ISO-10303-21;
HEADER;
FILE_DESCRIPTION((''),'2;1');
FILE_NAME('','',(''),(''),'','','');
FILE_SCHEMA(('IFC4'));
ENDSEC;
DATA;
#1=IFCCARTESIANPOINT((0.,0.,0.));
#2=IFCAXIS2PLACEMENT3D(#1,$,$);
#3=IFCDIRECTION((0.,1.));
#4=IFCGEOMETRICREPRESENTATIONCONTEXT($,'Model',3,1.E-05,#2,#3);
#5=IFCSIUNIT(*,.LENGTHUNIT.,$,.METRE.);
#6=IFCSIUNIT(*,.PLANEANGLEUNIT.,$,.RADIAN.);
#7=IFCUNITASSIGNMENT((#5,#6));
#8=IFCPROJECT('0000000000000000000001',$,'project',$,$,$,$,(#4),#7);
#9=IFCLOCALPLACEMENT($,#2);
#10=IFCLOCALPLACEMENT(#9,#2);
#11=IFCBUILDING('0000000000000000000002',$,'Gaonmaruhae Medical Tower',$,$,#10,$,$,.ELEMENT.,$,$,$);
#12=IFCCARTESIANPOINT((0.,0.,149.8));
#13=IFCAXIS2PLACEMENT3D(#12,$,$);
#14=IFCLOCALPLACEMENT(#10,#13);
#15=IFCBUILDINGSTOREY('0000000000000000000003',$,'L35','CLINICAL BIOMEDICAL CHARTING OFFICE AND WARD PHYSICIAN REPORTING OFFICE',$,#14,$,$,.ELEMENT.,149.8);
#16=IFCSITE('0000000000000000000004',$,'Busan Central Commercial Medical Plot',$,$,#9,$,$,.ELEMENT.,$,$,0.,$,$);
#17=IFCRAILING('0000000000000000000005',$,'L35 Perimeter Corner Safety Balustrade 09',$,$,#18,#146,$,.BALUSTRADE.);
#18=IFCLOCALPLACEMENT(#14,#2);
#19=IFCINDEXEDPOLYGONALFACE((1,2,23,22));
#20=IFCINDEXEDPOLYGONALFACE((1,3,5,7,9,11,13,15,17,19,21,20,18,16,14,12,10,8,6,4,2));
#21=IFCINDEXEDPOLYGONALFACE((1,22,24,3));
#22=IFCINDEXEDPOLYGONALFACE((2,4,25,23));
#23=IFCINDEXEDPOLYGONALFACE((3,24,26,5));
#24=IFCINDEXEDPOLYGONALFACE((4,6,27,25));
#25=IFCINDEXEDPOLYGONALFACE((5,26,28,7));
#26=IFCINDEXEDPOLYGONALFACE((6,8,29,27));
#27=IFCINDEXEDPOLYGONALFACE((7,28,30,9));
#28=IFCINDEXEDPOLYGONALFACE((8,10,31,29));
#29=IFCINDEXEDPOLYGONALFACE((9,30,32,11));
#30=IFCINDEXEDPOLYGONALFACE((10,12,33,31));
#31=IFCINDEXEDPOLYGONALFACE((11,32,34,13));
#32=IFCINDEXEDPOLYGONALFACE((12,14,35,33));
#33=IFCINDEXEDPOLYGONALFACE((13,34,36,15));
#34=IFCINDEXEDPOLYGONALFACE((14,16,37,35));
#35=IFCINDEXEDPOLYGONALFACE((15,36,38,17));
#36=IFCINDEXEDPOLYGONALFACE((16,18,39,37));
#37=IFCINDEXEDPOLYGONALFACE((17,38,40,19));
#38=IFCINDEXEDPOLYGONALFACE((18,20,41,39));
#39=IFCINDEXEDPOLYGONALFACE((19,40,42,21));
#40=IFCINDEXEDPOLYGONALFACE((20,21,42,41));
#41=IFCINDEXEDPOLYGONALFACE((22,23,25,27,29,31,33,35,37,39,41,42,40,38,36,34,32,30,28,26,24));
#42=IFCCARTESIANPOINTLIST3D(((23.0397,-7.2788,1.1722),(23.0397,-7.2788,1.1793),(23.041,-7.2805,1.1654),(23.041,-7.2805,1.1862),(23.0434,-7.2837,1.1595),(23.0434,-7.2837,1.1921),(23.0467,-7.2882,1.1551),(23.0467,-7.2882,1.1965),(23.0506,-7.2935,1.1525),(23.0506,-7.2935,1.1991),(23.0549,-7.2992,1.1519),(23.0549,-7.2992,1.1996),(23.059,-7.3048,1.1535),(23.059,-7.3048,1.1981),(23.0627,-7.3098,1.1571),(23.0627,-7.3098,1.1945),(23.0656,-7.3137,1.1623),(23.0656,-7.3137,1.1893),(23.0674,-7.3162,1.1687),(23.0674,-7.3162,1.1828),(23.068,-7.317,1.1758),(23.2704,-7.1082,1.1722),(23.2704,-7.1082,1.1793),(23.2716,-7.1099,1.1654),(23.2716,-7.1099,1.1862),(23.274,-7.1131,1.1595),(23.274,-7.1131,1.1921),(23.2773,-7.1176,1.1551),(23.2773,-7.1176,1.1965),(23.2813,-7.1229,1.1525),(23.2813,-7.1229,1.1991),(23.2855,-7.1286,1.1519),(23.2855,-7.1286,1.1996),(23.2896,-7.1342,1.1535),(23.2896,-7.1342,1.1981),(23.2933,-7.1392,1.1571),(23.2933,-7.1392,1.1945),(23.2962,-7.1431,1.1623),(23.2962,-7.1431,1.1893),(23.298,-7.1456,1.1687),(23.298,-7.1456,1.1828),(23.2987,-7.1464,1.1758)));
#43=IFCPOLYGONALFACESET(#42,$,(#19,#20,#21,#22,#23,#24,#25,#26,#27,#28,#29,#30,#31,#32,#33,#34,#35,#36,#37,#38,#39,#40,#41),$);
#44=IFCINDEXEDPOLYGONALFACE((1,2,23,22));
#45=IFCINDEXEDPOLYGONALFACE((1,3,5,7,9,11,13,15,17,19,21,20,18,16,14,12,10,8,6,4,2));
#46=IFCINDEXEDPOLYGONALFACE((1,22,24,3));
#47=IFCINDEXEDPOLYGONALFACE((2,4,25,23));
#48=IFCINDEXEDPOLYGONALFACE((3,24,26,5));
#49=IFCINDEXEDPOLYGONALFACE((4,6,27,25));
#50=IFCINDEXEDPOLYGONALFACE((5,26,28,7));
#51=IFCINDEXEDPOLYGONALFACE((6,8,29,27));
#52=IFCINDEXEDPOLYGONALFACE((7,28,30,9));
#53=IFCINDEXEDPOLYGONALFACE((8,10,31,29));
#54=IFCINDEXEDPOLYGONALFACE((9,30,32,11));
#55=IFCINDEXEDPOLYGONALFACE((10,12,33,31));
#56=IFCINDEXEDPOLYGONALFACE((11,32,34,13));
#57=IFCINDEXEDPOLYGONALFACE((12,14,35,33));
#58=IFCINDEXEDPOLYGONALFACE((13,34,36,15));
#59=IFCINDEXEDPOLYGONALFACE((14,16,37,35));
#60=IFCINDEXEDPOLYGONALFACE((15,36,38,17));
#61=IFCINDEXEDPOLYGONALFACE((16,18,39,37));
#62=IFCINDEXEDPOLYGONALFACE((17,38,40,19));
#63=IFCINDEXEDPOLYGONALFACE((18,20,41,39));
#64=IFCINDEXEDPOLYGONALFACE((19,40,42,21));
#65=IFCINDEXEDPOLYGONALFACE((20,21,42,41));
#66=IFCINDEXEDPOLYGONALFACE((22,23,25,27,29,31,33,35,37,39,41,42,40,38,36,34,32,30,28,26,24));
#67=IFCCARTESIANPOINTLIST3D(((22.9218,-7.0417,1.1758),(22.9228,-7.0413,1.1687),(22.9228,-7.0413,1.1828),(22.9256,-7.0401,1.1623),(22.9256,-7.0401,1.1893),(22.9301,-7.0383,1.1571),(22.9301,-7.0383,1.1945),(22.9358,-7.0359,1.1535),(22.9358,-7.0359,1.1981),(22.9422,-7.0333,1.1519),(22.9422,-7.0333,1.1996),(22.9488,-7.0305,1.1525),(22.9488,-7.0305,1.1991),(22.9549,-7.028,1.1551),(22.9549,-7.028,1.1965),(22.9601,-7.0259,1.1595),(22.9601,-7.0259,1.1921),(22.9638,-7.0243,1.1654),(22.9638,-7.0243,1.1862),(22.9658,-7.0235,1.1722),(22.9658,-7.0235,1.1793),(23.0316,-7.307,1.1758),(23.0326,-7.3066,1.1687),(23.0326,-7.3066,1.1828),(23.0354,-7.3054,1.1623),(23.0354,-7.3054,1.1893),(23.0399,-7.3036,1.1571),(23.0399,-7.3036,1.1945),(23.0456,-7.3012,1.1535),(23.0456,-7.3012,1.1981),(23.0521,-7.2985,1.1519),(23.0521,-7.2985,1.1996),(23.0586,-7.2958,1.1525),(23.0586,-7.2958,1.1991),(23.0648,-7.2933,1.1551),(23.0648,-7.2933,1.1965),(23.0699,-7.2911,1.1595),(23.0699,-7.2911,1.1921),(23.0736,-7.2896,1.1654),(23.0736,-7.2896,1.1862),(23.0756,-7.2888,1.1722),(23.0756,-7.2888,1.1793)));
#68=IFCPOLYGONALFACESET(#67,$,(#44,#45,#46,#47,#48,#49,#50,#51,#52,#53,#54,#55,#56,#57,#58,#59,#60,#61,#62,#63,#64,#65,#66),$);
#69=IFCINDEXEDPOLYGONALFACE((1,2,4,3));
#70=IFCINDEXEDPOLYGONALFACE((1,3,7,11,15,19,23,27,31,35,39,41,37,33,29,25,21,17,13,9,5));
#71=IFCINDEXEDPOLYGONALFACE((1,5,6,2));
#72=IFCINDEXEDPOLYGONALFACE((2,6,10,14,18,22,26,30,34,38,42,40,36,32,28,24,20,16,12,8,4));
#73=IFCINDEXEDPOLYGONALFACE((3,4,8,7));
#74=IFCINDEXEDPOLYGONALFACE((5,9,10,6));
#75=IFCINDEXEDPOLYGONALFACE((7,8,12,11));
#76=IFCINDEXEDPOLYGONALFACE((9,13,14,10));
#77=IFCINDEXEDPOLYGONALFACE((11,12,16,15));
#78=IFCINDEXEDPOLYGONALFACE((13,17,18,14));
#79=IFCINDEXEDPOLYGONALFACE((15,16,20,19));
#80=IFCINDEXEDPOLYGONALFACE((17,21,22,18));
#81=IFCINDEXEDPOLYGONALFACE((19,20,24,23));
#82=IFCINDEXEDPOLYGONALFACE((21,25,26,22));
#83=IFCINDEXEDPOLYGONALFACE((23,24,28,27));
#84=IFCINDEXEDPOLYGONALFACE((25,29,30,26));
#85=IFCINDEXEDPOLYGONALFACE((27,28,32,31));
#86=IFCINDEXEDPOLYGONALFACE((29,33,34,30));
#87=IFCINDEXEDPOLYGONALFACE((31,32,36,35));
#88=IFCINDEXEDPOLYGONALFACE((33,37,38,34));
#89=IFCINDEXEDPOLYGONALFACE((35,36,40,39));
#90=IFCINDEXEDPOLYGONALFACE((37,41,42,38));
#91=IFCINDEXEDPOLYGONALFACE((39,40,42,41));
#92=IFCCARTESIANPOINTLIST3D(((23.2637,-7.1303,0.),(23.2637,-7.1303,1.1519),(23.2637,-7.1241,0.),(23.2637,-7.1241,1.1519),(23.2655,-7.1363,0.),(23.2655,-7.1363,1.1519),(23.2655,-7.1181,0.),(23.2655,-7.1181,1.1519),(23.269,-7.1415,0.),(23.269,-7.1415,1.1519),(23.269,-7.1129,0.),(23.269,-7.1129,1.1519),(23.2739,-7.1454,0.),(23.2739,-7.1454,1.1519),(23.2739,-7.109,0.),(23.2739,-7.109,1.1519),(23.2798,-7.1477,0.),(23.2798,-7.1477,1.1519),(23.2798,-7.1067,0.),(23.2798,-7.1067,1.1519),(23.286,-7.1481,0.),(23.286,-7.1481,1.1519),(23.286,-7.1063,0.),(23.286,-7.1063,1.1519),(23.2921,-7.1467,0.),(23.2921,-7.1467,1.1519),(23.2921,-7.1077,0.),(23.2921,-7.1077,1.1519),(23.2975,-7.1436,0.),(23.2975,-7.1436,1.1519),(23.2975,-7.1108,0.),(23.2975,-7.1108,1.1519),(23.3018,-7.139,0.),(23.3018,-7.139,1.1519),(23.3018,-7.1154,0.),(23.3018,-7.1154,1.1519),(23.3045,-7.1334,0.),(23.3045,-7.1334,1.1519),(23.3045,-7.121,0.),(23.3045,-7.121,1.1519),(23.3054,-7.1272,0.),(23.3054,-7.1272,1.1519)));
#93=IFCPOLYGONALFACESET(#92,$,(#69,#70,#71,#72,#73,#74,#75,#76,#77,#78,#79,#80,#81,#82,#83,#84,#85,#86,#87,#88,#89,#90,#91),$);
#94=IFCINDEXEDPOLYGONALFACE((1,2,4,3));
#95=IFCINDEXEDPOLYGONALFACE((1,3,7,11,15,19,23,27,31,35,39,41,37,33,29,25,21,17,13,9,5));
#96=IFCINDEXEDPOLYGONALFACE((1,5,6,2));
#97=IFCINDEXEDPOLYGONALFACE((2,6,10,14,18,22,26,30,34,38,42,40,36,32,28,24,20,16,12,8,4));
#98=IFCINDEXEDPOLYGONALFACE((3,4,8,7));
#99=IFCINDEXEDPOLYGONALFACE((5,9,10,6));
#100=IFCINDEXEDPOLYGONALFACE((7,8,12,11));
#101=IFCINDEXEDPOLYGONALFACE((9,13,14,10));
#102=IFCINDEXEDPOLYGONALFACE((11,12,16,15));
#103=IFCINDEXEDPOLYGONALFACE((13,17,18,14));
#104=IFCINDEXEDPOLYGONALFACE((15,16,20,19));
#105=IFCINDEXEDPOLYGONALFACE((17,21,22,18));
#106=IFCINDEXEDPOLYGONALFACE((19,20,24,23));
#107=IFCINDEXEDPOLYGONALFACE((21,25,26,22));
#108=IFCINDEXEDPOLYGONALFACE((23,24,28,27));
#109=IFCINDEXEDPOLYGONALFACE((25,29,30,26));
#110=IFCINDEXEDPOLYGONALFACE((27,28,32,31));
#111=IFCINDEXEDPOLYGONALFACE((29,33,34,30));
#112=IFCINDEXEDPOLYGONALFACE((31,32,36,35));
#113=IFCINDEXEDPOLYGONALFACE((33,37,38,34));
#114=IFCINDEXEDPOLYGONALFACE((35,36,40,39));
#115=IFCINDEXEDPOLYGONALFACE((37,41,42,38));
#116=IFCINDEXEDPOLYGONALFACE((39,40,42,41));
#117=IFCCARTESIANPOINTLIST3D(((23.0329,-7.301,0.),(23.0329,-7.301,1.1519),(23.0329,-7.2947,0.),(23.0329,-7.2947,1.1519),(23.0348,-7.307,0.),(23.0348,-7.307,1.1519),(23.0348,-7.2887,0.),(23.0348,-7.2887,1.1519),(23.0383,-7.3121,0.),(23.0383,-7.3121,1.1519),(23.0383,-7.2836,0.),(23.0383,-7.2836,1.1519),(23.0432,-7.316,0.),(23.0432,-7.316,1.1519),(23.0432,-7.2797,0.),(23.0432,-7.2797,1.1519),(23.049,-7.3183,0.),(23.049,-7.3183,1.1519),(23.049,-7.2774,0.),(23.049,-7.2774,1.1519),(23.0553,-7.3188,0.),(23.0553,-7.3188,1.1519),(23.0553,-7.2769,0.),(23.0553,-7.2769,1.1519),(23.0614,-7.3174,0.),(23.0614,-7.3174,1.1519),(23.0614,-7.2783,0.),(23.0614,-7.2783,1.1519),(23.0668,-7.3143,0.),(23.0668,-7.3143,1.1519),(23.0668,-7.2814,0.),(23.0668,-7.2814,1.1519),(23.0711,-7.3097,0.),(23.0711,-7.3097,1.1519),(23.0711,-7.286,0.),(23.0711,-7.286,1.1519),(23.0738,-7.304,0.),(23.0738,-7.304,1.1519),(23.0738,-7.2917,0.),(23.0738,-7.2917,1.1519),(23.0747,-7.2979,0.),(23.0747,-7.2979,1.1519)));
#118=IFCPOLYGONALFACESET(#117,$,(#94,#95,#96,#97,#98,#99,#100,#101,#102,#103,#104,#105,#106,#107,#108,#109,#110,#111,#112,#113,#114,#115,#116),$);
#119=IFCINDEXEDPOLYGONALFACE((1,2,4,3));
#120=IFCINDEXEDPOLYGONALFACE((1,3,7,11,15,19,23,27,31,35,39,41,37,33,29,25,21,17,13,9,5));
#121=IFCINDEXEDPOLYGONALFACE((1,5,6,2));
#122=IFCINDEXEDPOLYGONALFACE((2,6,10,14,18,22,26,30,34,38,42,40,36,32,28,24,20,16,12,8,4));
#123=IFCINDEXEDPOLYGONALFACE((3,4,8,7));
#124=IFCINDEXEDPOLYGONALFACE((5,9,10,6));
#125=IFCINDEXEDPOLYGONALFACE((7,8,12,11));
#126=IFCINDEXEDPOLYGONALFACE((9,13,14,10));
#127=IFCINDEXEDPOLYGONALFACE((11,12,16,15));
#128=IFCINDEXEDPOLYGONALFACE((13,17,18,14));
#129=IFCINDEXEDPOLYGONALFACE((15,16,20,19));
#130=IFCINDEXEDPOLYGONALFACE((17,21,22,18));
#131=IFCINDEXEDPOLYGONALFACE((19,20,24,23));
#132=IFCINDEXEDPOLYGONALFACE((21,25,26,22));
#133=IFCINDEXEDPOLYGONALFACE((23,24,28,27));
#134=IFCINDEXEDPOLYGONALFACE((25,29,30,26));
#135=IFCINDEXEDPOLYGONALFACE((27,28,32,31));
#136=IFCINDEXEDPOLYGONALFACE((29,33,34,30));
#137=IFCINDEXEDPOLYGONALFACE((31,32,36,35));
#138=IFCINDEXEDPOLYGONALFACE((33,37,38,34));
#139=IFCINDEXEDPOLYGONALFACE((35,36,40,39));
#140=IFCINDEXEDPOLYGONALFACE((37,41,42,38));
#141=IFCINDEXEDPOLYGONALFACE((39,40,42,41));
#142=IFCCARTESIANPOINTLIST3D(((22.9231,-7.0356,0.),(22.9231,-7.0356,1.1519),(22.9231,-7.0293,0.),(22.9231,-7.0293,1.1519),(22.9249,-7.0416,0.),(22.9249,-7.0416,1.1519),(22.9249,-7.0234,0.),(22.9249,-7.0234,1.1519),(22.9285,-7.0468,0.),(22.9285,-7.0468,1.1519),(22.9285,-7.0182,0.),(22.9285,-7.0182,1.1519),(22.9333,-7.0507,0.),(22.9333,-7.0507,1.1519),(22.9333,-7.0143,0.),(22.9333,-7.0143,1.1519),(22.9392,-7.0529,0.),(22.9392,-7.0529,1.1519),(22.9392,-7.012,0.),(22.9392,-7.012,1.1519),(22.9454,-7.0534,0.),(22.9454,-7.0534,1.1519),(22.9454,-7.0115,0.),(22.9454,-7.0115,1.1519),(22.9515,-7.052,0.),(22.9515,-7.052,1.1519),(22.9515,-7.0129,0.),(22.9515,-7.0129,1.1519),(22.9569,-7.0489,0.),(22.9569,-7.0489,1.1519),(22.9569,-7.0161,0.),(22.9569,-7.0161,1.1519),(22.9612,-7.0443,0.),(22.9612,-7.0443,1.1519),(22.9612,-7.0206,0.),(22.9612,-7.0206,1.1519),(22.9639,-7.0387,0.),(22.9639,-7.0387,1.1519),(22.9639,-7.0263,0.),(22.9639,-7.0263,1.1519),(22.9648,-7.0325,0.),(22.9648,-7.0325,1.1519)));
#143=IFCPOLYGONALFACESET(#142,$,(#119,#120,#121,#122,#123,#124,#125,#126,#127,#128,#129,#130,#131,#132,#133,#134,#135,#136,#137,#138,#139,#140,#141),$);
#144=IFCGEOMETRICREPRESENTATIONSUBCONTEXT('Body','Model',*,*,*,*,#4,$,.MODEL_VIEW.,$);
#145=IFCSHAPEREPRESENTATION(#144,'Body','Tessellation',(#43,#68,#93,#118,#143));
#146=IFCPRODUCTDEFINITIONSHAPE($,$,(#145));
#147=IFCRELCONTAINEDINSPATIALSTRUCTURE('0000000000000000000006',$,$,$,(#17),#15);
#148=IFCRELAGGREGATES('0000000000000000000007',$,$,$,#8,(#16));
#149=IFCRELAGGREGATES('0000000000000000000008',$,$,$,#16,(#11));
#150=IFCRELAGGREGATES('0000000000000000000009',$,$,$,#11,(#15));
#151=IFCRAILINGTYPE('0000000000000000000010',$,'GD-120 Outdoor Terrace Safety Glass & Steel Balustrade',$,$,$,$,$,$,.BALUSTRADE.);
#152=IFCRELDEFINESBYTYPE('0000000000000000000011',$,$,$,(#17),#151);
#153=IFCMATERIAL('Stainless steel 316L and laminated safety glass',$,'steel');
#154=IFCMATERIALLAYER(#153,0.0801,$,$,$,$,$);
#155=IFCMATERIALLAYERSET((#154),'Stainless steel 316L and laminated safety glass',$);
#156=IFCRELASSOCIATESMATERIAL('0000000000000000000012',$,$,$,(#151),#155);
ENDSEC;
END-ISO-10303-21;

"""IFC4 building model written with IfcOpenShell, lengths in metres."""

from ifc_helpers import new_model, si_unit, direction, frame, origin, origin_2d, place, context, subcontext, project, spatial, circle, extrude, material, layer, layer_set, type_object, element, save


model = new_model("IFC4")

# Units and contexts
model_context = context("Model", 3, precision=1e-05, world=origin(), true_north=direction((0.0, 1.0)))
body_context = subcontext(model_context, "Body", "Model", "MODEL_VIEW")
ifc_project = project(units=[si_unit("LENGTHUNIT", "METRE"), si_unit("PLANEANGLEUNIT", "RADIAN")], contexts=[model_context])

# Site, building, storey
site_placement = place(None, origin())
site = spatial("IfcSite", under=ifc_project, at=site_placement, Name="Busan Central Commercial Medical Plot", CompositionType="ELEMENT", RefElevation=0.0)
building_placement = place(site_placement, origin())
building = spatial("IfcBuilding", under=site, at=building_placement, Name="Gaonmaruhae Medical Tower", CompositionType="ELEMENT")
storey_placement = place(building_placement, frame((0.0, 0.0, 149.8)))
storey = spatial("IfcBuildingStorey", under=building, at=storey_placement, Name="L35", Description="CLINICAL BIOMEDICAL CHARTING OFFICE AND WARD PHYSICIAN REPORTING OFFICE", CompositionType="ELEMENT", Elevation=149.8)

# Railing
ifc_material_1 = material(Name="Stainless steel 316L and laminated safety glass", Category="steel")
ifc_layer_1 = layer(ifc_material_1, 0.0801)
ifc_layer_set_1 = layer_set([ifc_layer_1], Name="Stainless steel 316L and laminated safety glass")
railing_type = type_object("IfcRailingType", Name="GD-120 Outdoor Terrace Safety Glass & Steel Balustrade", PredefinedType="BALUSTRADE", material=ifc_layer_set_1)
railing_1_placement = place(storey_placement, frame((23.2844, -7.1272, 0.0)))
element("IfcRailing", 1, at=railing_1_placement, inside=storey, type_object=railing_type, Name="L35 Perimeter Corner Safety Balustrade 09", PredefinedType="BALUSTRADE", context=body_context, shape_type="SweptSolid", body=[
    extrude(circle(Radius=0.0239, at=origin_2d()), frame((0.0, 0.0, 1.1758), z_axis=(-0.803964, -0.594678, 0.0), x_axis=(0.594678, -0.803964, 0.0)), (0.0, 0.0, 1.0), 0.2869),
    extrude(circle(Radius=0.0239, at=origin_2d()), frame((-0.2307, -0.1707, 1.1758), z_axis=(-0.382502, 0.923955, 0.0), x_axis=(-0.923955, -0.382502, 0.0)), (0.0, 0.0, 1.0), 0.2871),
    extrude(circle(Radius=0.021, at=origin_2d()), origin(), (0.0, 0.0, 1.0), 1.1519),
    extrude(circle(Radius=0.021, at=origin_2d()), frame((-0.2307, -0.1707, 0.0)), (0.0, 0.0, 1.0), 1.1519),
    extrude(circle(Radius=0.021, at=origin_2d()), frame((-0.3406, 0.0947, 0.0)), (0.0, 0.0, 1.0), 1.1519),
])

save(model, "model.ifc")
